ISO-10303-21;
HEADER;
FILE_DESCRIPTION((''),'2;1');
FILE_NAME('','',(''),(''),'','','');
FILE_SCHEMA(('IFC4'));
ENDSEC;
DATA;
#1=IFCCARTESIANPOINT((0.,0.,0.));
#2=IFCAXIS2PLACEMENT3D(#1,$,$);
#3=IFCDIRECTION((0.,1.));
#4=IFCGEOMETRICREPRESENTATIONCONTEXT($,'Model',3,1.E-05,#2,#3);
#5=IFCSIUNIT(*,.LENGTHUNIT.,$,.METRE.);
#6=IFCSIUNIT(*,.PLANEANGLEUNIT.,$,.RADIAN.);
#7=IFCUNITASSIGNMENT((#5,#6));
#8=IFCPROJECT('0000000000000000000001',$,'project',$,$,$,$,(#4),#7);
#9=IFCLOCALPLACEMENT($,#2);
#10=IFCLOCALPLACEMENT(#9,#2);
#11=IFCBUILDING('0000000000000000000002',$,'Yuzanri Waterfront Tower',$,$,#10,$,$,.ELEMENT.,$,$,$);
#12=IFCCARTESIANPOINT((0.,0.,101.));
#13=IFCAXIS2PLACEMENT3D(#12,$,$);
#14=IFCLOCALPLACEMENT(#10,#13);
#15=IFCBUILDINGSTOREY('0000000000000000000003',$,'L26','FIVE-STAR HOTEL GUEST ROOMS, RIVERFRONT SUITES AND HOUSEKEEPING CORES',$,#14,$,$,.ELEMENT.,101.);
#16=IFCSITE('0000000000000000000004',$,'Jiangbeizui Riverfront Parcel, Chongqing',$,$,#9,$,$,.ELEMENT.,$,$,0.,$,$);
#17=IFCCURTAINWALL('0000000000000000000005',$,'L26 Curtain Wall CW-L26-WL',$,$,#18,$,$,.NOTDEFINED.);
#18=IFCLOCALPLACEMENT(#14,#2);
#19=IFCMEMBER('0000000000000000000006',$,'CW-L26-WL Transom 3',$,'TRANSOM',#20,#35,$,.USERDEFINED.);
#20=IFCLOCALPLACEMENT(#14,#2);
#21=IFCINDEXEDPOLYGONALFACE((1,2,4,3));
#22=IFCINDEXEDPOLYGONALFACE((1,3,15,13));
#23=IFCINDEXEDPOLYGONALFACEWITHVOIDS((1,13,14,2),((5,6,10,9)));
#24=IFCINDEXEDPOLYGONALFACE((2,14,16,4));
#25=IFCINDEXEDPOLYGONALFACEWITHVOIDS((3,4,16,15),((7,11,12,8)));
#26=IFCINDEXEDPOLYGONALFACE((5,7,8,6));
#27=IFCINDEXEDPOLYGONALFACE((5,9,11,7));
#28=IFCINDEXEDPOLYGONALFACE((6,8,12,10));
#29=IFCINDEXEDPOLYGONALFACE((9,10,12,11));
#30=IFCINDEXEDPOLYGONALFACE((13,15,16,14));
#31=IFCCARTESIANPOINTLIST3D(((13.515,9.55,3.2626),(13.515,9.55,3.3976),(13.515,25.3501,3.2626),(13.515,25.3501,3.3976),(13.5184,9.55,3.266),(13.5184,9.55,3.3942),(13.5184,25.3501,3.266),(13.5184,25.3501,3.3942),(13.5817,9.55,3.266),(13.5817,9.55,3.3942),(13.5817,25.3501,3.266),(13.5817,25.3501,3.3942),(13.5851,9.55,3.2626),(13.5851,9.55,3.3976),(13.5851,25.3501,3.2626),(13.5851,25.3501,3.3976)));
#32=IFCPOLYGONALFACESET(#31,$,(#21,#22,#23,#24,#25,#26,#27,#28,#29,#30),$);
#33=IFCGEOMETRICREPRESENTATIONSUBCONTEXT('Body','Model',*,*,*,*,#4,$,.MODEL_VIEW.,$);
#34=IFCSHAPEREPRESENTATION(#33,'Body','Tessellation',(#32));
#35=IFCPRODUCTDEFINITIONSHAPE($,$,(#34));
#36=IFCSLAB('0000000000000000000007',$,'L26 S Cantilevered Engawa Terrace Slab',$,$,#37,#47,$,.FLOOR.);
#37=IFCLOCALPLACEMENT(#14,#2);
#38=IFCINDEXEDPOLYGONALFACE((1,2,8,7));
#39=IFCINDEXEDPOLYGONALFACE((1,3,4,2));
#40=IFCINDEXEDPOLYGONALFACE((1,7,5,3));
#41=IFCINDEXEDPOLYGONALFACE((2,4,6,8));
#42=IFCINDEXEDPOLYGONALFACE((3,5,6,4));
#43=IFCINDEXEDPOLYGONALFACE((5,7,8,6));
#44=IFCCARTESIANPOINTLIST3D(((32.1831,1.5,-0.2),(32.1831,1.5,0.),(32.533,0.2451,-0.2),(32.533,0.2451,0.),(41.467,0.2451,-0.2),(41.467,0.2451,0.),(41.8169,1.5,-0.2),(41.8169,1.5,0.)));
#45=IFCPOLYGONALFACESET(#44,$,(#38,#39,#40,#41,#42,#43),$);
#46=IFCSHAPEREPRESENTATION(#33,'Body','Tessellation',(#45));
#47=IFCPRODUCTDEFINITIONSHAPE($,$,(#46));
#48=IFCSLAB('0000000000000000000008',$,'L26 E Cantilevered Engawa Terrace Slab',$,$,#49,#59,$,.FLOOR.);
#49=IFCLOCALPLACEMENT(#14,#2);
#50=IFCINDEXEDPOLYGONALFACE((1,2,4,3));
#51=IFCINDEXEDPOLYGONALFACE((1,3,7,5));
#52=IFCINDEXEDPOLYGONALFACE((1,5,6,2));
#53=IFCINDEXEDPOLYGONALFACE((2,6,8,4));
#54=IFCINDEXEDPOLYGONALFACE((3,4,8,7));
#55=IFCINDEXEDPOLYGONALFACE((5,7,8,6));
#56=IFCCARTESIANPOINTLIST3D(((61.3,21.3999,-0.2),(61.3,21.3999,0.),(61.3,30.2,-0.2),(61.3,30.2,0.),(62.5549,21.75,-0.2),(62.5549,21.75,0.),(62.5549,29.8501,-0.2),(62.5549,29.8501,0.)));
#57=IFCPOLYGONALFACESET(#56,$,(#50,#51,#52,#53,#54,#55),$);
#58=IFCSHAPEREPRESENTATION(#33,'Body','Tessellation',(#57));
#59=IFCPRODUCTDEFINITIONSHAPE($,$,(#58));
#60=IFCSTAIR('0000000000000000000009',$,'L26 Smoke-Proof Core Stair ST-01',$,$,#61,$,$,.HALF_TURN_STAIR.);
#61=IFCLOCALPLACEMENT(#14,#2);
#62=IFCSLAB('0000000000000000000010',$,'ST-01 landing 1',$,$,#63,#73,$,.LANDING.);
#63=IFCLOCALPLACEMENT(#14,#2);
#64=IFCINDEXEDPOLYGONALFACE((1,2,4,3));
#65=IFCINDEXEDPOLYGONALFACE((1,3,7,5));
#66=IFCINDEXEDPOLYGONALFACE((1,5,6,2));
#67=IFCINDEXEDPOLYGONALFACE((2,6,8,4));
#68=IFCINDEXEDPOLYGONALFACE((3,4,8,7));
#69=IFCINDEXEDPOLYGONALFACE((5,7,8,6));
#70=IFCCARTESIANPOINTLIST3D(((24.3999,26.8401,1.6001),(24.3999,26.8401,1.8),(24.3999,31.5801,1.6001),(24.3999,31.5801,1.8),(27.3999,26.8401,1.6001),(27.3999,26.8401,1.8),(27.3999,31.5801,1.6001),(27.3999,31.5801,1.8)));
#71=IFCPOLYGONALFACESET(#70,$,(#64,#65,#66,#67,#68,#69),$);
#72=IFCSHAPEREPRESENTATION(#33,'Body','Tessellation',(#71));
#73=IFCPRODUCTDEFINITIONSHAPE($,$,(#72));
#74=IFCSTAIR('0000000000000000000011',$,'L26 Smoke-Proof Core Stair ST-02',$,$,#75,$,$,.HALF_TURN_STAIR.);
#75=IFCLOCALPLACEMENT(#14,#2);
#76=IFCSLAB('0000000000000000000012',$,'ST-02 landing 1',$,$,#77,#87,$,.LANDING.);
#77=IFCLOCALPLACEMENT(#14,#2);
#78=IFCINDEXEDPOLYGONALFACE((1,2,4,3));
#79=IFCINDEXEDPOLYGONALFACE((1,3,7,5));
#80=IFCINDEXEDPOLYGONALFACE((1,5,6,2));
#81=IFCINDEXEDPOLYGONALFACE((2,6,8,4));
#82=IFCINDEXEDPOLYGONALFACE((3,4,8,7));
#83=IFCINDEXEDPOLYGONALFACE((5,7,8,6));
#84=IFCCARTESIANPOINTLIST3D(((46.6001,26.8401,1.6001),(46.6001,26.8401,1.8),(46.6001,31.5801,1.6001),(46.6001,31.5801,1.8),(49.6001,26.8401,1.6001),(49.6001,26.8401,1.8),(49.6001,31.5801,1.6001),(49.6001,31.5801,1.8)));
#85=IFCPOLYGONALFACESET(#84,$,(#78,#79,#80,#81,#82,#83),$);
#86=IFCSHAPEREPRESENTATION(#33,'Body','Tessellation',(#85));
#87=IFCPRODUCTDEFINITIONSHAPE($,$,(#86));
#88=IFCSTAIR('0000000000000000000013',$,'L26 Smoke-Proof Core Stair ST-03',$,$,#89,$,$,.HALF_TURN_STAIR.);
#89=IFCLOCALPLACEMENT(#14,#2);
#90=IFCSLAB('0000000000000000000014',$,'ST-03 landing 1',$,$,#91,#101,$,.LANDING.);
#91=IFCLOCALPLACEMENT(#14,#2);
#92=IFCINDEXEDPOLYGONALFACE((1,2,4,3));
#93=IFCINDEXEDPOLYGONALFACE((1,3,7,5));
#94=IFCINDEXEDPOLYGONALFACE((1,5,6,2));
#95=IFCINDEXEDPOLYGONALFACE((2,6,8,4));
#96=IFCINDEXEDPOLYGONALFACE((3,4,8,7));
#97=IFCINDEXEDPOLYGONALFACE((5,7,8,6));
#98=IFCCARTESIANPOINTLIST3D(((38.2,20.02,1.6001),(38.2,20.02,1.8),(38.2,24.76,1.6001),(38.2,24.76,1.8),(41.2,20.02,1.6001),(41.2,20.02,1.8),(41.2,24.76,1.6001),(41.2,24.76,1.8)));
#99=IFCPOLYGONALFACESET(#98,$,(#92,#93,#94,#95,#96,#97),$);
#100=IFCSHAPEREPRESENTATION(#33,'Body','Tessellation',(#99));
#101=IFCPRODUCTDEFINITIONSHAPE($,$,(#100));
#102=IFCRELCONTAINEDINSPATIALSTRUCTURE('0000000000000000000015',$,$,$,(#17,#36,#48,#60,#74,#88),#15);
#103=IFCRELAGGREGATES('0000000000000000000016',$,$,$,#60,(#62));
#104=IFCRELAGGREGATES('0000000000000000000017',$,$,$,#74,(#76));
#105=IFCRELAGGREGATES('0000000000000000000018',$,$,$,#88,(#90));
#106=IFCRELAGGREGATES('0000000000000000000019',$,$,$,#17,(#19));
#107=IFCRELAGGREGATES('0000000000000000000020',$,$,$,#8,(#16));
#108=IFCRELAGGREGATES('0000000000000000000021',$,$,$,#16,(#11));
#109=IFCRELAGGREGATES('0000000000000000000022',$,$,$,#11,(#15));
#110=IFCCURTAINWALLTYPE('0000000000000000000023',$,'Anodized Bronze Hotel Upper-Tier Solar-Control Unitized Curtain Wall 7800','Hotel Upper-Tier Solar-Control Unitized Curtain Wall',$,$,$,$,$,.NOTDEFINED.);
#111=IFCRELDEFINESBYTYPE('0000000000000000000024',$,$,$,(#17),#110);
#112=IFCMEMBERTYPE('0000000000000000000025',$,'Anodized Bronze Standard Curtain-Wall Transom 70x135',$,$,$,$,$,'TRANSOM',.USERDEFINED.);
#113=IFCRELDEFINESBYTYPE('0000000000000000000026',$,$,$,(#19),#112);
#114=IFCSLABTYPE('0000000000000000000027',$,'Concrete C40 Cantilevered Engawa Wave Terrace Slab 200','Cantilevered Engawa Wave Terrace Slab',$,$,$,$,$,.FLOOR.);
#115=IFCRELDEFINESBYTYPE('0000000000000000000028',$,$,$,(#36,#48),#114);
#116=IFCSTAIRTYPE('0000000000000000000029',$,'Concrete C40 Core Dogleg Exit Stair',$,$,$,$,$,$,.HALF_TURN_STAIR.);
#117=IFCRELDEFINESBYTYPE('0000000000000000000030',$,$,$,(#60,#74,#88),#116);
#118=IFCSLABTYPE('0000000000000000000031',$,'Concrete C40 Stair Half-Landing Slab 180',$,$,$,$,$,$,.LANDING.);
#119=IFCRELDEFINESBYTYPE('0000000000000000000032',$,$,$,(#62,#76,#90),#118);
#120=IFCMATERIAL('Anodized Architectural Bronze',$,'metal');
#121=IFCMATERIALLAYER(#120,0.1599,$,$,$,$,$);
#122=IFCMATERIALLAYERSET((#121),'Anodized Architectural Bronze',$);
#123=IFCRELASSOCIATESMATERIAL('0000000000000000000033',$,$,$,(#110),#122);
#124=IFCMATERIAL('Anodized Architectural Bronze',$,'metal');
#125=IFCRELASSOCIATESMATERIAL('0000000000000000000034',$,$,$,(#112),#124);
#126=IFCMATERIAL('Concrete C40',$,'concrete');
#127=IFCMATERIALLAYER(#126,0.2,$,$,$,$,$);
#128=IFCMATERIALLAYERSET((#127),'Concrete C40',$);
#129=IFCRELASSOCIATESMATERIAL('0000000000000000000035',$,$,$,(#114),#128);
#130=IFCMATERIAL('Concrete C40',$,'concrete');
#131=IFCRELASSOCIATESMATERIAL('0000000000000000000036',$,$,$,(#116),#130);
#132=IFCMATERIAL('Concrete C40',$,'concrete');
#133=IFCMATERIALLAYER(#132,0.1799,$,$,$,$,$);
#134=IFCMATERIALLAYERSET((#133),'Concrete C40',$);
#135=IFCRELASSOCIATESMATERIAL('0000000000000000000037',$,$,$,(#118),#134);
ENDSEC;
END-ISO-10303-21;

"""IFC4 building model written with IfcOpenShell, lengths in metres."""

from ifc_helpers import new_model, si_unit, direction, frame, origin, origin_2d, place, context, subcontext, project, spatial, polyline, hollow_rectangle, outline, extrude, source, transform, mapped, material, layer, layer_set, material_profile, profile_set, type_object, element, aggregate, save


model = new_model("IFC4")

# Units and contexts
model_context = context("Model", 3, precision=1e-05, world=origin(), true_north=direction((0.0, 1.0)))
body_context = subcontext(model_context, "Body", "Model", "MODEL_VIEW")
ifc_project = project(units=[si_unit("LENGTHUNIT", "METRE"), si_unit("PLANEANGLEUNIT", "RADIAN")], contexts=[model_context])

# Site, building, storey
site_placement = place(None, origin())
site = spatial("IfcSite", under=ifc_project, at=site_placement, Name="Jiangbeizui Riverfront Parcel, Chongqing", CompositionType="ELEMENT", RefElevation=0.0)
building_placement = place(site_placement, origin())
building = spatial("IfcBuilding", under=site, at=building_placement, Name="Yuzanri Waterfront Tower", CompositionType="ELEMENT")
storey_placement = place(building_placement, frame((0.0, 0.0, 101.0)))
storey = spatial("IfcBuildingStorey", under=building, at=storey_placement, Name="L26", Description="FIVE-STAR HOTEL GUEST ROOMS, RIVERFRONT SUITES AND HOUSEKEEPING CORES", CompositionType="ELEMENT", Elevation=101.0)

# Curtain wall, member
ifc_material_1 = material(Name="Anodized Architectural Bronze", Category="metal")
ifc_layer_1 = layer(ifc_material_1, 0.1599)
ifc_layer_set_1 = layer_set([ifc_layer_1], Name="Anodized Architectural Bronze")
curtain_wall_type = type_object("IfcCurtainWallType", Name="Anodized Bronze Hotel Upper-Tier Solar-Control Unitized Curtain Wall 7800", Description="Hotel Upper-Tier Solar-Control Unitized Curtain Wall", PredefinedType="NOTDEFINED", material=ifc_layer_set_1)
curtain_wall_placement = place(storey_placement, origin())
curtain_wall = element("IfcCurtainWall", 1, at=curtain_wall_placement, inside=storey, type_object=curtain_wall_type, Name="L26 Curtain Wall CW-L26-WL", PredefinedType="NOTDEFINED")
ifc_material_2 = material(Name="Anodized Architectural Bronze", Category="metal")
ifc_material_profile_1 = material_profile(ifc_material_2, hollow_rectangle(XDim=0.0701, YDim=0.135, WallThickness=0.0034, at=origin_2d()), Name="CWT 70x135")
ifc_profile_set_1 = profile_set([ifc_material_profile_1], Name="Anodized Architectural Bronze")
member_type_1 = type_object("IfcMemberType", Name="Anodized Bronze Standard Curtain-Wall Transom 70x135", ElementType="TRANSOM", PredefinedType="USERDEFINED", material=ifc_profile_set_1)
shared_shape_1 = source(origin(), body_context, "Body", "SweptSolid", [
    extrude(hollow_rectangle(XDim=0.0701, YDim=0.135, WallThickness=0.0034, at=origin_2d()), origin(), (0.0, 0.0, 1.0), 15.8),
])
member_1_placement = place(storey_placement, frame((13.55, 9.55, 3.3301), z_axis=(0.0, 1.0, 0.0), x_axis=(-1.0, 0.0, 0.0)))
member_1 = element("IfcMember", 2, at=member_1_placement, type_object=member_type_1, Name="CW-L26-WL Transom 3", ObjectType="TRANSOM", PredefinedType="USERDEFINED", context=body_context, shape_type="MappedRepresentation", body=[
    mapped(shared_shape_1, transform((0.0, 0.0, 0.0), scale=1.0)),
])

# Slabs
ifc_material_3 = material(Name="Concrete C40", Category="concrete")
ifc_layer_2 = layer(ifc_material_3, 0.2)
ifc_layer_set_2 = layer_set([ifc_layer_2], Name="Concrete C40")
slab_type_1 = type_object("IfcSlabType", Name="Concrete C40 Cantilevered Engawa Wave Terrace Slab 200", Description="Cantilevered Engawa Wave Terrace Slab", PredefinedType="FLOOR", material=ifc_layer_set_2)
slab_1_placement = place(storey_placement, frame((0.0, 0.0, -0.2)))
element("IfcSlab", 3, at=slab_1_placement, inside=storey, type_object=slab_type_1, Name="L26 S Cantilevered Engawa Terrace Slab", PredefinedType="FLOOR", context=body_context, shape_type="SweptSolid", body=[
    extrude(outline(polyline([(32.1831, 1.5), (41.8169, 1.5), (41.467, 0.2451), (32.533, 0.2451), (32.1831, 1.5)])), origin(), (0.0, 0.0, 1.0), 0.2),
])
slab_2_placement = place(storey_placement, frame((0.0, 0.0, -0.2)))
element("IfcSlab", 4, at=slab_2_placement, inside=storey, type_object=slab_type_1, Name="L26 E Cantilevered Engawa Terrace Slab", PredefinedType="FLOOR", context=body_context, shape_type="SweptSolid", body=[
    extrude(outline(polyline([(61.3, 21.3999), (62.5549, 21.75), (62.5549, 29.8501), (61.3, 30.2), (61.3, 21.3999)])), origin(), (0.0, 0.0, 1.0), 0.2),
])

# Stairs, slabs
ifc_material_4 = material(Name="Concrete C40", Category="concrete")
stair_type = type_object("IfcStairType", Name="Concrete C40 Core Dogleg Exit Stair", PredefinedType="HALF_TURN_STAIR", material=ifc_material_4)
stair_1_placement = place(storey_placement, origin())
stair_1 = element("IfcStair", 5, at=stair_1_placement, inside=storey, type_object=stair_type, Name="L26 Smoke-Proof Core Stair ST-01", PredefinedType="HALF_TURN_STAIR")
ifc_material_5 = material(Name="Concrete C40", Category="concrete")
ifc_layer_3 = layer(ifc_material_5, 0.1799)
ifc_layer_set_3 = layer_set([ifc_layer_3], Name="Concrete C40")
slab_type_2 = type_object("IfcSlabType", Name="Concrete C40 Stair Half-Landing Slab 180", PredefinedType="LANDING", material=ifc_layer_set_3)
slab_3_placement = place(storey_placement, frame((0.0, 0.0, 1.6001)))
slab_3 = element("IfcSlab", 6, at=slab_3_placement, type_object=slab_type_2, Name="ST-01 landing 1", PredefinedType="LANDING", context=body_context, shape_type="SweptSolid", body=[
    extrude(outline(polyline([(27.3999, 26.8401), (27.3999, 31.5801), (24.3999, 31.5801), (24.3999, 26.8401), (27.3999, 26.8401)])), origin(), (0.0, 0.0, 1.0), 0.2),
])
aggregate(stair_1, [slab_3])
stair_2_placement = place(storey_placement, origin())
stair_2 = element("IfcStair", 7, at=stair_2_placement, inside=storey, type_object=stair_type, Name="L26 Smoke-Proof Core Stair ST-02", PredefinedType="HALF_TURN_STAIR")
slab_4_placement = place(storey_placement, frame((0.0, 0.0, 1.6001)))
slab_4 = element("IfcSlab", 8, at=slab_4_placement, type_object=slab_type_2, Name="ST-02 landing 1", PredefinedType="LANDING", context=body_context, shape_type="SweptSolid", body=[
    extrude(outline(polyline([(49.6001, 26.8401), (49.6001, 31.5801), (46.6001, 31.5801), (46.6001, 26.8401), (49.6001, 26.8401)])), origin(), (0.0, 0.0, 1.0), 0.2),
])
aggregate(stair_2, [slab_4])
stair_3_placement = place(storey_placement, origin())
stair_3 = element("IfcStair", 9, at=stair_3_placement, inside=storey, type_object=stair_type, Name="L26 Smoke-Proof Core Stair ST-03", PredefinedType="HALF_TURN_STAIR")
slab_5_placement = place(storey_placement, frame((0.0, 0.0, 1.6001)))
slab_5 = element("IfcSlab", 10, at=slab_5_placement, type_object=slab_type_2, Name="ST-03 landing 1", PredefinedType="LANDING", context=body_context, shape_type="SweptSolid", body=[
    extrude(outline(polyline([(38.2, 24.76), (38.2, 20.02), (41.2, 20.02), (41.2, 24.76), (38.2, 24.76)])), origin(), (0.0, 0.0, 1.0), 0.2),
])
aggregate(stair_3, [slab_5])

aggregate(curtain_wall, [member_1])

save(model, "model.ifc")
